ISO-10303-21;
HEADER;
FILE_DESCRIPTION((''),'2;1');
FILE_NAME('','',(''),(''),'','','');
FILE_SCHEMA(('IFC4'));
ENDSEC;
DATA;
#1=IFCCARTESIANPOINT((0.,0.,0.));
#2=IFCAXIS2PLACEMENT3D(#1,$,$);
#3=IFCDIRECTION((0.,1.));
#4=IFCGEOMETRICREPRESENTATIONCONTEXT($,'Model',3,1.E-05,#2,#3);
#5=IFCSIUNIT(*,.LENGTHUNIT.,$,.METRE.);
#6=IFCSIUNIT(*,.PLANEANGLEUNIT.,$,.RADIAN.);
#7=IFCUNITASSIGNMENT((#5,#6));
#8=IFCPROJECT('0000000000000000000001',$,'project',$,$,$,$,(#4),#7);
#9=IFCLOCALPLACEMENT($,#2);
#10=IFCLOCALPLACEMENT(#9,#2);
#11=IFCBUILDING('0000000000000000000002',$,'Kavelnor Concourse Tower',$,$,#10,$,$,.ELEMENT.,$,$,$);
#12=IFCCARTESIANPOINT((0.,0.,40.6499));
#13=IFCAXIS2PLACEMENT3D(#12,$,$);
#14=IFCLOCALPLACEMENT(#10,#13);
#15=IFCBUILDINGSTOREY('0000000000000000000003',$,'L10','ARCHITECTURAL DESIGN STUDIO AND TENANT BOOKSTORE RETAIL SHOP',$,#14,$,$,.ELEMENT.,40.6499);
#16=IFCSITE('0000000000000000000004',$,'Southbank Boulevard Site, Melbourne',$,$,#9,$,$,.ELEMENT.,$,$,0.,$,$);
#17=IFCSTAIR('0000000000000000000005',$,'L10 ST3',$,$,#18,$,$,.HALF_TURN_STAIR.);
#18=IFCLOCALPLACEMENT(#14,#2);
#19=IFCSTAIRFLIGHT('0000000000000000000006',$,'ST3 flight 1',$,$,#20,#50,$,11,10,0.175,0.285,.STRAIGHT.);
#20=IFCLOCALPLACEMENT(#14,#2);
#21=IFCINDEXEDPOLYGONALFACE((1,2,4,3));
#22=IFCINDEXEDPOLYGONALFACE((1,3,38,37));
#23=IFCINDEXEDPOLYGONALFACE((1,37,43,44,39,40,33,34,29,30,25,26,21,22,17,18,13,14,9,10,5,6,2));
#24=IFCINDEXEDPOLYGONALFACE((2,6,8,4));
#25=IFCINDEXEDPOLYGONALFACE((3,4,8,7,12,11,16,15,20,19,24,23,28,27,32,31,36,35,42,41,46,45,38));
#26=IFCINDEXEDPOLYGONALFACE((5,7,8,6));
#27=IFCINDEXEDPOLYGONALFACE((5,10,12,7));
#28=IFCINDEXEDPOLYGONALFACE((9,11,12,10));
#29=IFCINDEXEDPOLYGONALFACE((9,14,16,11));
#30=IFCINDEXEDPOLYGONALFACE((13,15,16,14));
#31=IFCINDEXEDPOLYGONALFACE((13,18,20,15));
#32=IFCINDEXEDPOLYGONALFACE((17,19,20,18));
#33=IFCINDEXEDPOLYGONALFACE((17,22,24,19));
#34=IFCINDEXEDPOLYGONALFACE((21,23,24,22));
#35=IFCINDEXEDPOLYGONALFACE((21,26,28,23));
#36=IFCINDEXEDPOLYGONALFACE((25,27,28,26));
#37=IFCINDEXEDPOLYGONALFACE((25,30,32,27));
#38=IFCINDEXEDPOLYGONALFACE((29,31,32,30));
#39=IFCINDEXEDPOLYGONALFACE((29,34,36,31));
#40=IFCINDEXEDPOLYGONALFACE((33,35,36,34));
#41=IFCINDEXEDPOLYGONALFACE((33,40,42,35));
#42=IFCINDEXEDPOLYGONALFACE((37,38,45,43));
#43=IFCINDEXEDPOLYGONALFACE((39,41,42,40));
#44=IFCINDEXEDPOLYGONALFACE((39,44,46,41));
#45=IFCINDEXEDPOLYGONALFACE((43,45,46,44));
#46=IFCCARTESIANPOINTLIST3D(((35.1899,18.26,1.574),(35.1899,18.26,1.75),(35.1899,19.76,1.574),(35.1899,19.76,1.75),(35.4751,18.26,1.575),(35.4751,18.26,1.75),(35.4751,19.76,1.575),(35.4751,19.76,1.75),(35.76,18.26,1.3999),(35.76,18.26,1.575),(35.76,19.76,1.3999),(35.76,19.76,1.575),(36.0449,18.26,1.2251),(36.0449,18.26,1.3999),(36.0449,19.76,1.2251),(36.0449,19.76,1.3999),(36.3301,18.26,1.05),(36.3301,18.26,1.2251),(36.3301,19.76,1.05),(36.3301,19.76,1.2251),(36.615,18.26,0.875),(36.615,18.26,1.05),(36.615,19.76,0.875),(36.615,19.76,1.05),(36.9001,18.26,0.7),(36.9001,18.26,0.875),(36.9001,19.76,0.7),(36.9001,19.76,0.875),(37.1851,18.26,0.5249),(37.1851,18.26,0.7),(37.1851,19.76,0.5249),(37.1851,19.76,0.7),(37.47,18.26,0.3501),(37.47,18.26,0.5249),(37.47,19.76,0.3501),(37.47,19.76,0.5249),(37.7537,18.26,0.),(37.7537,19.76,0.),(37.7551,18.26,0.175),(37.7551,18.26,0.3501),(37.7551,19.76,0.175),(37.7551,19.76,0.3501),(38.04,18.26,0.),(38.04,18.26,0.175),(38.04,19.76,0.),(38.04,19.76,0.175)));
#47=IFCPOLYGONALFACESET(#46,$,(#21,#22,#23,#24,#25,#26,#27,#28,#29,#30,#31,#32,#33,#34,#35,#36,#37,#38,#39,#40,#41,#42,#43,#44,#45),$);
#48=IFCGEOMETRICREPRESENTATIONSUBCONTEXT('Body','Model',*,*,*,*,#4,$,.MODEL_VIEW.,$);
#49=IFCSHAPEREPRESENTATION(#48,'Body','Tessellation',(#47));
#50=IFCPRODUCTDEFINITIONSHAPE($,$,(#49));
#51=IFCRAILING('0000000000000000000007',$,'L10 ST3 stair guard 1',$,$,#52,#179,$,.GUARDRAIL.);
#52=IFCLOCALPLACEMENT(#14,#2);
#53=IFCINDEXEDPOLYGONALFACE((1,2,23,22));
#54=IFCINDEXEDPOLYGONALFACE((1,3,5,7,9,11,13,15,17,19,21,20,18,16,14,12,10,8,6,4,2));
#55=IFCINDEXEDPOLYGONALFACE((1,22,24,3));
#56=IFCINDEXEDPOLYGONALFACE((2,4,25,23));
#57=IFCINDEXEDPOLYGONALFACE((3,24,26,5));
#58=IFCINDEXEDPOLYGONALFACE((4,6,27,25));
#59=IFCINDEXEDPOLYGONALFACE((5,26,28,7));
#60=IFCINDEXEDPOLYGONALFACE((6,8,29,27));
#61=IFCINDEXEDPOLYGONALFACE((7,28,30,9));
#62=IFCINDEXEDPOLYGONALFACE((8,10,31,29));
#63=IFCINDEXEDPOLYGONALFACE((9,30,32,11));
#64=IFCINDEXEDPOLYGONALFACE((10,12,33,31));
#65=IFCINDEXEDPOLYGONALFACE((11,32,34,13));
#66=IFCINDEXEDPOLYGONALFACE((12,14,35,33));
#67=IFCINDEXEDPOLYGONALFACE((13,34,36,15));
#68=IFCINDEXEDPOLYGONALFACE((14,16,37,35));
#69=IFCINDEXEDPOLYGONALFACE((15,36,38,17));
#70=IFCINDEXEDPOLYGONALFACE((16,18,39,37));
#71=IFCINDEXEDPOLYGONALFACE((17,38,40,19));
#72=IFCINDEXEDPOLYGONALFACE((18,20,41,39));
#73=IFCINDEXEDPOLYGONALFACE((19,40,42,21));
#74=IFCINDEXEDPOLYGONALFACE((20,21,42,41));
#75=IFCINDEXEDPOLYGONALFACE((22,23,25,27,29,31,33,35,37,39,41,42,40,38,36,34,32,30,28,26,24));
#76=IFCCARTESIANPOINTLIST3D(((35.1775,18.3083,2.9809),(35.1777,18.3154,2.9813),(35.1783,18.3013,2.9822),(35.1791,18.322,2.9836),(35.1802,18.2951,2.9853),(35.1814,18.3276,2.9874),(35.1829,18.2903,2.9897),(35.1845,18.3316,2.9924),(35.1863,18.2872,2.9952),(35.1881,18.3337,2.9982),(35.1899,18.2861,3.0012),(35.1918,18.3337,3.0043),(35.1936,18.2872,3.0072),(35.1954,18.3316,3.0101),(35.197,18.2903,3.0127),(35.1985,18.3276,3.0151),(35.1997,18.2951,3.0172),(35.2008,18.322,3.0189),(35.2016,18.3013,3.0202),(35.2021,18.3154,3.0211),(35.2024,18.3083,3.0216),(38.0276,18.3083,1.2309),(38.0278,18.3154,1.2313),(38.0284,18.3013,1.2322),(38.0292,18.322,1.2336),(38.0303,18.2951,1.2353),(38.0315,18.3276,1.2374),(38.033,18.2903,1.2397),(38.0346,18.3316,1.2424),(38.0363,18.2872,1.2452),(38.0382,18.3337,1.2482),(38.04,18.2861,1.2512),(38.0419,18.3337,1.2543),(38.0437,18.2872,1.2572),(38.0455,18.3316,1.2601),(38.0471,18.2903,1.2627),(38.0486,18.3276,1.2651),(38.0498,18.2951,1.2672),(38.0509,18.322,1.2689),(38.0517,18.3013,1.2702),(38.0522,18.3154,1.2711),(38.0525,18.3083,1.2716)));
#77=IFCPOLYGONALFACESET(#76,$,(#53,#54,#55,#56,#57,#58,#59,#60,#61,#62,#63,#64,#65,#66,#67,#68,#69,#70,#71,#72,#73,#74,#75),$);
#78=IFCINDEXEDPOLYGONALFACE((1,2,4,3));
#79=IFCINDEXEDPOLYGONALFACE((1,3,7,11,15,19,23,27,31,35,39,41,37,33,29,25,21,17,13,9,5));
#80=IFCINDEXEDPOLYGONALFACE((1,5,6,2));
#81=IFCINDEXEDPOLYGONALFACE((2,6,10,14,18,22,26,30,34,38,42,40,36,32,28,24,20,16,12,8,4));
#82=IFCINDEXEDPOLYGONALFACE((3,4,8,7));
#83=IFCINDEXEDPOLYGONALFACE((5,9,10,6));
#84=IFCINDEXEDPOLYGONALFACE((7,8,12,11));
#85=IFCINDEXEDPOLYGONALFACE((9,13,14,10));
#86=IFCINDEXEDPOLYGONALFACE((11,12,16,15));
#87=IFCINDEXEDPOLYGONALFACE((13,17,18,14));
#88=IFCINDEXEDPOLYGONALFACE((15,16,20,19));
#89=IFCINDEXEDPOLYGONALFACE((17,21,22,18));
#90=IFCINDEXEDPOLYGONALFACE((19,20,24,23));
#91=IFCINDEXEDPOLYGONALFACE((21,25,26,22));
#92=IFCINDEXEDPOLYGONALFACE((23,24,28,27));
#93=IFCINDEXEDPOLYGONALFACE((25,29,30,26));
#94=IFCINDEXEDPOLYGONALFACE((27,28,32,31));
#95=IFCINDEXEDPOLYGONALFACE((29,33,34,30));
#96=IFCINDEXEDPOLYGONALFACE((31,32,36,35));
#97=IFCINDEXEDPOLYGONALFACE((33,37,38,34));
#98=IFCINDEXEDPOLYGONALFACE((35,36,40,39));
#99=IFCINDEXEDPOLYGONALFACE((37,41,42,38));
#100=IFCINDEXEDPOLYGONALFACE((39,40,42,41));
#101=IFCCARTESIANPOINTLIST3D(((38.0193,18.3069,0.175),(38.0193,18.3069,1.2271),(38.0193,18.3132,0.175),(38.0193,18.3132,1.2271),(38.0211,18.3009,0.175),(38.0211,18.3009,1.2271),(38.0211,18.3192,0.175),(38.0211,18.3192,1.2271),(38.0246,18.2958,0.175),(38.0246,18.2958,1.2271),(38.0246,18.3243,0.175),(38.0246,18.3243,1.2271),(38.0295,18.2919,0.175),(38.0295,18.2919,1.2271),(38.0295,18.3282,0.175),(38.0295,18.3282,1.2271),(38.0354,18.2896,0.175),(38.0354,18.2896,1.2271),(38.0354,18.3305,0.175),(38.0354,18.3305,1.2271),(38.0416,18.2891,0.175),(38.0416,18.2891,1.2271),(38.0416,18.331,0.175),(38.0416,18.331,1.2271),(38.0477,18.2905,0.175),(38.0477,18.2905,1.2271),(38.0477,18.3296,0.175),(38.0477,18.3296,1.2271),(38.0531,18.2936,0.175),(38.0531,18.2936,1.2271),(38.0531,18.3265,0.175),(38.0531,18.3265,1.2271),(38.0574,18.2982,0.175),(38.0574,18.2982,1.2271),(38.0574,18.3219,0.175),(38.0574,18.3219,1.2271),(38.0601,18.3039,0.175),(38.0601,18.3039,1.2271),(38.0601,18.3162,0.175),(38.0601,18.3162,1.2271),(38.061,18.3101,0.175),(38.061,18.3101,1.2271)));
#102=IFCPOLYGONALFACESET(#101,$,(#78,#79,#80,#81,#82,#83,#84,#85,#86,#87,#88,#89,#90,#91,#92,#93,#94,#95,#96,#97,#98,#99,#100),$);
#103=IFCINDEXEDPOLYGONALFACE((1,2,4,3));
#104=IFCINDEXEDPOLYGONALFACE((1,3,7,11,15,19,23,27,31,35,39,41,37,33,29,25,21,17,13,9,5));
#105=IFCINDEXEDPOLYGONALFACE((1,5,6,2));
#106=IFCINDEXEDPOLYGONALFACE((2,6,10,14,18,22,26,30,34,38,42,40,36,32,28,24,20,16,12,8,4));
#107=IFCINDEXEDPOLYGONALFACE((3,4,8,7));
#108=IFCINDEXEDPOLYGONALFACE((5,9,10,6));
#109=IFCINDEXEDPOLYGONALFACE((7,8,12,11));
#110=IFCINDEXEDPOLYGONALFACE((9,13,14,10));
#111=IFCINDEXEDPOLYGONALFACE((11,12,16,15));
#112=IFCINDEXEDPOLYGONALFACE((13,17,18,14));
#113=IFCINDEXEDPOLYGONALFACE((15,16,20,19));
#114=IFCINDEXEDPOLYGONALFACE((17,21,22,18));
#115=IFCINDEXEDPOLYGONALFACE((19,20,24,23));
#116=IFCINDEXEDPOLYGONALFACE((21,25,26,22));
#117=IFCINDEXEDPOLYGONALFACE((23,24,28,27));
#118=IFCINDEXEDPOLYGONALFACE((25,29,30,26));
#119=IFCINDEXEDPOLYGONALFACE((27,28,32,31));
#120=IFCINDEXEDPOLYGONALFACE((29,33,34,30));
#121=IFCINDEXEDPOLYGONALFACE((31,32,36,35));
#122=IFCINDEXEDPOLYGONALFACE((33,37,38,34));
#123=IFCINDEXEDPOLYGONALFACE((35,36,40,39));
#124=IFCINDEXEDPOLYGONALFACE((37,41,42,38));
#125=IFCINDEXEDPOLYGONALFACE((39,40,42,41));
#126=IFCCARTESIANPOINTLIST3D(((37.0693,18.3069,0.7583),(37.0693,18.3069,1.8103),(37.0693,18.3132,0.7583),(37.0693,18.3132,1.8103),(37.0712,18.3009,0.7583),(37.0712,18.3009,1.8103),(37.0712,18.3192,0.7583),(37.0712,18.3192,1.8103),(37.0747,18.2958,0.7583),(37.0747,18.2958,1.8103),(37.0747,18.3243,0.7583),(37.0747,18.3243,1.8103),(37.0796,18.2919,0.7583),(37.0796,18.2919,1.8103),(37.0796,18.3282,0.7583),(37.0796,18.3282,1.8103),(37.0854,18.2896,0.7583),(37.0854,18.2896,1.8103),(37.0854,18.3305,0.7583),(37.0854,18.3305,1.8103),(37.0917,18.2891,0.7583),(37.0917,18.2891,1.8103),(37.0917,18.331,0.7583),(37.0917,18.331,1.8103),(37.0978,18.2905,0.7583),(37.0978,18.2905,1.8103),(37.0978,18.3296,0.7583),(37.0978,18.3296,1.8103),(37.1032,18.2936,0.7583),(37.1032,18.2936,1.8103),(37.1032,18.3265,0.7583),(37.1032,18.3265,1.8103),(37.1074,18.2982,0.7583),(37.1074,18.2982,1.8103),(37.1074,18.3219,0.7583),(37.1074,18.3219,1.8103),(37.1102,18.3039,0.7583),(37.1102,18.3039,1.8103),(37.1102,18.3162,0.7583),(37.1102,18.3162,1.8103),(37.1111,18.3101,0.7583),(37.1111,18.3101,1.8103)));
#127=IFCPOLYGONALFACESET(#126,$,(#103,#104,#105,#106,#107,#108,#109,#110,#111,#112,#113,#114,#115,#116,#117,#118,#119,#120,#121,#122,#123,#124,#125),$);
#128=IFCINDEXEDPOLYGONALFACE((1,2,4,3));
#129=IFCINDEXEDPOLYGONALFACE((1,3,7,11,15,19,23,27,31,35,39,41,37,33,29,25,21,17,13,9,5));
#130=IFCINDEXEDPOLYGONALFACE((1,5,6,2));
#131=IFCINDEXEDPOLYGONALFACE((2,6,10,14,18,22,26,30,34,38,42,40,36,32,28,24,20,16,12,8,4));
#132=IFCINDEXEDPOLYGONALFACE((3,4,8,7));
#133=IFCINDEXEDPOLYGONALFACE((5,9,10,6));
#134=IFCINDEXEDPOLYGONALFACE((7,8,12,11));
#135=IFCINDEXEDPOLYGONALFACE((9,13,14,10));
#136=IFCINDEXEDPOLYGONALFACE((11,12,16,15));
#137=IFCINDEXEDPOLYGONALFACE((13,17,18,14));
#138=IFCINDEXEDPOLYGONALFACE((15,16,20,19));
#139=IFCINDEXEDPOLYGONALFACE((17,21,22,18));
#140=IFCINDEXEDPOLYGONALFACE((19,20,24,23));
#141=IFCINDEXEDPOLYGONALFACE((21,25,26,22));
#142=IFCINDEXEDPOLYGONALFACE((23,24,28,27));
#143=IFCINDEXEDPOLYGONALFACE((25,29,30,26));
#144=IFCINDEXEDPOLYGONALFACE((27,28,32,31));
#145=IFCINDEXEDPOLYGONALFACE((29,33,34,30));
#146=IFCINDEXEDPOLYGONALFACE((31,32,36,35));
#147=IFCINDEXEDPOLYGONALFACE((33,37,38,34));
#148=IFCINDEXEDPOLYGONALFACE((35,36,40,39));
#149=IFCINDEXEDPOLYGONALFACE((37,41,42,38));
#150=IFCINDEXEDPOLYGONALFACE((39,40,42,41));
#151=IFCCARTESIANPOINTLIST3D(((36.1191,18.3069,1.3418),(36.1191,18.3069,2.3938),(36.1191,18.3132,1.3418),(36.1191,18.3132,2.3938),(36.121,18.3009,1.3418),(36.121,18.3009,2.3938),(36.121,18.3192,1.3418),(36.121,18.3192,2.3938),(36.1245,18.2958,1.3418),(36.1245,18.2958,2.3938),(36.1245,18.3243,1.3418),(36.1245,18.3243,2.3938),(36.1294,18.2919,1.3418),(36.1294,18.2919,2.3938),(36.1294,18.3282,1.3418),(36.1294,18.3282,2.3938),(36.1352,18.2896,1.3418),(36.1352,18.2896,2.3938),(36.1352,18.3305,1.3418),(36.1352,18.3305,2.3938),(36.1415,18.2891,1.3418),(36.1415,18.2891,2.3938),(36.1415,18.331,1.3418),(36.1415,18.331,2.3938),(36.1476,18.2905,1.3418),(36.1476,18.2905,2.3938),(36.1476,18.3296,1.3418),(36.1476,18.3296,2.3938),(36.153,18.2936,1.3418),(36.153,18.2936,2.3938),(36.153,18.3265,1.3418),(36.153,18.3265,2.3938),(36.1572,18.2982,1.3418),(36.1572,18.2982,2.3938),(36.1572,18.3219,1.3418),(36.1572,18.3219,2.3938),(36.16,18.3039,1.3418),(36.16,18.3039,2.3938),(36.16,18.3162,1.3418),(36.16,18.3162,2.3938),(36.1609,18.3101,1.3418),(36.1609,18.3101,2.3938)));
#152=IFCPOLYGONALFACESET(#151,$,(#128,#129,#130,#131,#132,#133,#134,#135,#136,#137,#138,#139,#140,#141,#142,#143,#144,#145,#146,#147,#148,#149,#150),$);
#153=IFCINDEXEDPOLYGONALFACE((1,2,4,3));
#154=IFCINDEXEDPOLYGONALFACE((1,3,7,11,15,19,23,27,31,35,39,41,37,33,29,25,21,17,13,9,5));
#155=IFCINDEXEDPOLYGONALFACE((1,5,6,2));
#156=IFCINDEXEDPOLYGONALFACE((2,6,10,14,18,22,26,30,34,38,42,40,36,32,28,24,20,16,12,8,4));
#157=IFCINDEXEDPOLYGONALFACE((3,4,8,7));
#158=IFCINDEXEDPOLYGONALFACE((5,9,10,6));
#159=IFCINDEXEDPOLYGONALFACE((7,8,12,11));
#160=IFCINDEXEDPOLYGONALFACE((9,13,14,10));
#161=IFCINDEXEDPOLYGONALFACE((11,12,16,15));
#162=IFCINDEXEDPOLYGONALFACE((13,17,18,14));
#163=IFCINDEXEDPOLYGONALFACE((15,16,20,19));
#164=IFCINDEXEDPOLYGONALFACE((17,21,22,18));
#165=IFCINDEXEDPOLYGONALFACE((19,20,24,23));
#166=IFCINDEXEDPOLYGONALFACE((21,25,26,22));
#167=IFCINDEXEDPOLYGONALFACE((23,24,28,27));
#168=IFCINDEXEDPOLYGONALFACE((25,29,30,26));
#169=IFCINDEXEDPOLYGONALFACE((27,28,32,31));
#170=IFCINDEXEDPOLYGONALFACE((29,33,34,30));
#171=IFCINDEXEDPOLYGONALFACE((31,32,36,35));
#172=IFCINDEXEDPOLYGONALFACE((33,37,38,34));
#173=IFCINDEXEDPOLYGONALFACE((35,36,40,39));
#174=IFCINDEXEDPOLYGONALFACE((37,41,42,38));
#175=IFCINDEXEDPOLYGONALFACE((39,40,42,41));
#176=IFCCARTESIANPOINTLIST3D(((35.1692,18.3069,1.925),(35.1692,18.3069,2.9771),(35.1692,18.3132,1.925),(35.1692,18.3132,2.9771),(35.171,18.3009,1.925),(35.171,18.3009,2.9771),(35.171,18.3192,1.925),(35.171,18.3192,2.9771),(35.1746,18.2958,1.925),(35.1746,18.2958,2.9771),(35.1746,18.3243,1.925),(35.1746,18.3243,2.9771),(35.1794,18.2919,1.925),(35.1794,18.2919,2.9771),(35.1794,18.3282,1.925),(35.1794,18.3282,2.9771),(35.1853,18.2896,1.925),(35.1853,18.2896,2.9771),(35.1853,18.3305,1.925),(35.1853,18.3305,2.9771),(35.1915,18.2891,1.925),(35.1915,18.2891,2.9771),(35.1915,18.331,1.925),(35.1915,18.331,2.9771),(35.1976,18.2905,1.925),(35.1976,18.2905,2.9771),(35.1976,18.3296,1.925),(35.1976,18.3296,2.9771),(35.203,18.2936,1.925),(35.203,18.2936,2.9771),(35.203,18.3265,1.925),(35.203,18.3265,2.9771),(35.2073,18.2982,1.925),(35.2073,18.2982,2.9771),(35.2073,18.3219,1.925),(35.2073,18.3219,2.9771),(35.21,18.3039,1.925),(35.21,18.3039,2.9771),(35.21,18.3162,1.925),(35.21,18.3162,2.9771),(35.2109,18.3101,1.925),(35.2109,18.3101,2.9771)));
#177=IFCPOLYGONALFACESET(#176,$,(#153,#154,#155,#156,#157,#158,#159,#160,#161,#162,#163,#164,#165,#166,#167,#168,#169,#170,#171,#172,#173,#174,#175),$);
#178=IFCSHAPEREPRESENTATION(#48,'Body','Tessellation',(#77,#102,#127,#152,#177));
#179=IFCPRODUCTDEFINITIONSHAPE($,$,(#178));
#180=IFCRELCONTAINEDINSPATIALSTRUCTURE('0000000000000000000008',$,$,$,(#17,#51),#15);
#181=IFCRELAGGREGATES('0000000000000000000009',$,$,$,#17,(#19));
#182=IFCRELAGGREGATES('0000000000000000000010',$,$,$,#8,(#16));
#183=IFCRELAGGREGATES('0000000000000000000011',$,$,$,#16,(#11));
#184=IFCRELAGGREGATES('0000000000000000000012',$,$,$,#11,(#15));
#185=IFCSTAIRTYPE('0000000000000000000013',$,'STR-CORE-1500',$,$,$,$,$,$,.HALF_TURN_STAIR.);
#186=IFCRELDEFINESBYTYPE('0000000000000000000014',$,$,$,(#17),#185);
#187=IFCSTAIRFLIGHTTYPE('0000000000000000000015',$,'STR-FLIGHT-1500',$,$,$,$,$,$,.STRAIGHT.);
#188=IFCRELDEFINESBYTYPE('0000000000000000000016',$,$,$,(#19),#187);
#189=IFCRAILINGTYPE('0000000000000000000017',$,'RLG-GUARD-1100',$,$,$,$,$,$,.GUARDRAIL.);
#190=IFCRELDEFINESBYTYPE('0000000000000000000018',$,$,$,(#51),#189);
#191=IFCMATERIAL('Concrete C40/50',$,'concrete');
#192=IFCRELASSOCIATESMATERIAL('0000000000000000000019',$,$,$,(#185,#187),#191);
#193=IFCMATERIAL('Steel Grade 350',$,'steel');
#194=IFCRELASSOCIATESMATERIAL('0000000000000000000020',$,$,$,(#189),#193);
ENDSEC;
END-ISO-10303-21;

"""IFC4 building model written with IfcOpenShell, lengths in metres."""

from ifc_helpers import new_model, si_unit, direction, frame, origin, origin_2d, place, context, subcontext, project, spatial, polyline, circle, outline, extrude, material, type_object, element, aggregate, save


model = new_model("IFC4")

# Units and contexts
model_context = context("Model", 3, precision=1e-05, world=origin(), true_north=direction((0.0, 1.0)))
body_context = subcontext(model_context, "Body", "Model", "MODEL_VIEW")
ifc_project = project(units=[si_unit("LENGTHUNIT", "METRE"), si_unit("PLANEANGLEUNIT", "RADIAN")], contexts=[model_context])

# Site, building, storey
site_placement = place(None, origin())
site = spatial("IfcSite", under=ifc_project, at=site_placement, Name="Southbank Boulevard Site, Melbourne", CompositionType="ELEMENT", RefElevation=0.0)
building_placement = place(site_placement, origin())
building = spatial("IfcBuilding", under=site, at=building_placement, Name="Kavelnor Concourse Tower", CompositionType="ELEMENT")
storey_placement = place(building_placement, frame((0.0, 0.0, 40.6499)))
storey = spatial("IfcBuildingStorey", under=building, at=storey_placement, Name="L10", Description="ARCHITECTURAL DESIGN STUDIO AND TENANT BOOKSTORE RETAIL SHOP", CompositionType="ELEMENT", Elevation=40.6499)

# Shared definitions
ifc_material_1 = material(Name="Steel Grade 350", Category="steel")

# Stair, stair flight
ifc_material_2 = material(Name="Concrete C40/50", Category="concrete")
stair_type = type_object("IfcStairType", Name="STR-CORE-1500", PredefinedType="HALF_TURN_STAIR", material=ifc_material_2)
stair_placement = place(storey_placement, origin())
stair = element("IfcStair", 1, at=stair_placement, inside=storey, type_object=stair_type, Name="L10 ST3", PredefinedType="HALF_TURN_STAIR")
stair_flight_type = type_object("IfcStairFlightType", Name="STR-FLIGHT-1500", PredefinedType="STRAIGHT", material=ifc_material_2)
stair_flight_placement = place(storey_placement, frame((38.04, 19.01, 0.0), z_axis=(0.0, 0.0, 1.0), x_axis=(-1.0, 0.0, 0.0)))
stair_flight = element("IfcStairFlight", 2, at=stair_flight_placement, type_object=stair_flight_type, Name="ST3 flight 1", NumberOfRisers=11, NumberOfTreads=10, PredefinedType="STRAIGHT", RiserHeight=0.175, TreadLength=0.285, context=body_context, shape_type="SweptSolid", body=[
    extrude(outline(polyline([(0.0, 0.0), (0.0, 0.175), (0.2849, 0.175), (0.2849, 0.3501), (0.5701, 0.3501), (0.5701, 0.5249), (0.855, 0.5249), (0.855, 0.7), (1.1399, 0.7), (1.1399, 0.875), (1.425, 0.875), (1.425, 1.05), (1.71, 1.05), (1.71, 1.2251), (1.9951, 1.2251), (1.9951, 1.3999), (2.28, 1.3999), (2.28, 1.575), (2.5649, 1.575), (2.5649, 1.75), (2.8501, 1.75), (2.8501, 1.925), (2.8501, 1.574), (0.2864, 0.0), (0.0, 0.0)])), frame((0.0, 0.75, 0.0), z_axis=(0.0, -1.0, 0.0), x_axis=(1.0, 0.0, 0.0)), (0.0, 0.0, 1.0), 1.5),
])
aggregate(stair, [stair_flight])

# Railing
railing_type_1 = type_object("IfcRailingType", Name="RLG-GUARD-1100", PredefinedType="GUARDRAIL", material=ifc_material_1)
railing_1_placement = place(storey_placement, frame((38.04, 18.3101, 0.175)))
element("IfcRailing", 3, at=railing_1_placement, inside=storey, type_object=railing_type_1, Name="L10 ST3 stair guard 1", PredefinedType="GUARDRAIL", context=body_context, shape_type="SweptSolid", body=[
    extrude(circle(Radius=0.0239, at=origin_2d()), frame((0.0, 0.0, 1.0762), z_axis=(-0.852179, 0.0, 0.52325), x_axis=(0.0, -1.0, 0.0)), (0.0, 0.0, 1.0), 3.3445),
    extrude(circle(Radius=0.021, at=origin_2d()), origin(), (0.0, 0.0, 1.0), 1.052),
    extrude(circle(Radius=0.021, at=origin_2d()), frame((-0.95, 0.0, 0.5833)), (0.0, 0.0, 1.0), 1.052),
    extrude(circle(Radius=0.021, at=origin_2d()), frame((-1.9001, 0.0, 1.1667)), (0.0, 0.0, 1.0), 1.052),
    extrude(circle(Radius=0.021, at=origin_2d()), frame((-2.8501, 0.0, 1.75)), (0.0, 0.0, 1.0), 1.052),
])

save(model, "model.ifc")
